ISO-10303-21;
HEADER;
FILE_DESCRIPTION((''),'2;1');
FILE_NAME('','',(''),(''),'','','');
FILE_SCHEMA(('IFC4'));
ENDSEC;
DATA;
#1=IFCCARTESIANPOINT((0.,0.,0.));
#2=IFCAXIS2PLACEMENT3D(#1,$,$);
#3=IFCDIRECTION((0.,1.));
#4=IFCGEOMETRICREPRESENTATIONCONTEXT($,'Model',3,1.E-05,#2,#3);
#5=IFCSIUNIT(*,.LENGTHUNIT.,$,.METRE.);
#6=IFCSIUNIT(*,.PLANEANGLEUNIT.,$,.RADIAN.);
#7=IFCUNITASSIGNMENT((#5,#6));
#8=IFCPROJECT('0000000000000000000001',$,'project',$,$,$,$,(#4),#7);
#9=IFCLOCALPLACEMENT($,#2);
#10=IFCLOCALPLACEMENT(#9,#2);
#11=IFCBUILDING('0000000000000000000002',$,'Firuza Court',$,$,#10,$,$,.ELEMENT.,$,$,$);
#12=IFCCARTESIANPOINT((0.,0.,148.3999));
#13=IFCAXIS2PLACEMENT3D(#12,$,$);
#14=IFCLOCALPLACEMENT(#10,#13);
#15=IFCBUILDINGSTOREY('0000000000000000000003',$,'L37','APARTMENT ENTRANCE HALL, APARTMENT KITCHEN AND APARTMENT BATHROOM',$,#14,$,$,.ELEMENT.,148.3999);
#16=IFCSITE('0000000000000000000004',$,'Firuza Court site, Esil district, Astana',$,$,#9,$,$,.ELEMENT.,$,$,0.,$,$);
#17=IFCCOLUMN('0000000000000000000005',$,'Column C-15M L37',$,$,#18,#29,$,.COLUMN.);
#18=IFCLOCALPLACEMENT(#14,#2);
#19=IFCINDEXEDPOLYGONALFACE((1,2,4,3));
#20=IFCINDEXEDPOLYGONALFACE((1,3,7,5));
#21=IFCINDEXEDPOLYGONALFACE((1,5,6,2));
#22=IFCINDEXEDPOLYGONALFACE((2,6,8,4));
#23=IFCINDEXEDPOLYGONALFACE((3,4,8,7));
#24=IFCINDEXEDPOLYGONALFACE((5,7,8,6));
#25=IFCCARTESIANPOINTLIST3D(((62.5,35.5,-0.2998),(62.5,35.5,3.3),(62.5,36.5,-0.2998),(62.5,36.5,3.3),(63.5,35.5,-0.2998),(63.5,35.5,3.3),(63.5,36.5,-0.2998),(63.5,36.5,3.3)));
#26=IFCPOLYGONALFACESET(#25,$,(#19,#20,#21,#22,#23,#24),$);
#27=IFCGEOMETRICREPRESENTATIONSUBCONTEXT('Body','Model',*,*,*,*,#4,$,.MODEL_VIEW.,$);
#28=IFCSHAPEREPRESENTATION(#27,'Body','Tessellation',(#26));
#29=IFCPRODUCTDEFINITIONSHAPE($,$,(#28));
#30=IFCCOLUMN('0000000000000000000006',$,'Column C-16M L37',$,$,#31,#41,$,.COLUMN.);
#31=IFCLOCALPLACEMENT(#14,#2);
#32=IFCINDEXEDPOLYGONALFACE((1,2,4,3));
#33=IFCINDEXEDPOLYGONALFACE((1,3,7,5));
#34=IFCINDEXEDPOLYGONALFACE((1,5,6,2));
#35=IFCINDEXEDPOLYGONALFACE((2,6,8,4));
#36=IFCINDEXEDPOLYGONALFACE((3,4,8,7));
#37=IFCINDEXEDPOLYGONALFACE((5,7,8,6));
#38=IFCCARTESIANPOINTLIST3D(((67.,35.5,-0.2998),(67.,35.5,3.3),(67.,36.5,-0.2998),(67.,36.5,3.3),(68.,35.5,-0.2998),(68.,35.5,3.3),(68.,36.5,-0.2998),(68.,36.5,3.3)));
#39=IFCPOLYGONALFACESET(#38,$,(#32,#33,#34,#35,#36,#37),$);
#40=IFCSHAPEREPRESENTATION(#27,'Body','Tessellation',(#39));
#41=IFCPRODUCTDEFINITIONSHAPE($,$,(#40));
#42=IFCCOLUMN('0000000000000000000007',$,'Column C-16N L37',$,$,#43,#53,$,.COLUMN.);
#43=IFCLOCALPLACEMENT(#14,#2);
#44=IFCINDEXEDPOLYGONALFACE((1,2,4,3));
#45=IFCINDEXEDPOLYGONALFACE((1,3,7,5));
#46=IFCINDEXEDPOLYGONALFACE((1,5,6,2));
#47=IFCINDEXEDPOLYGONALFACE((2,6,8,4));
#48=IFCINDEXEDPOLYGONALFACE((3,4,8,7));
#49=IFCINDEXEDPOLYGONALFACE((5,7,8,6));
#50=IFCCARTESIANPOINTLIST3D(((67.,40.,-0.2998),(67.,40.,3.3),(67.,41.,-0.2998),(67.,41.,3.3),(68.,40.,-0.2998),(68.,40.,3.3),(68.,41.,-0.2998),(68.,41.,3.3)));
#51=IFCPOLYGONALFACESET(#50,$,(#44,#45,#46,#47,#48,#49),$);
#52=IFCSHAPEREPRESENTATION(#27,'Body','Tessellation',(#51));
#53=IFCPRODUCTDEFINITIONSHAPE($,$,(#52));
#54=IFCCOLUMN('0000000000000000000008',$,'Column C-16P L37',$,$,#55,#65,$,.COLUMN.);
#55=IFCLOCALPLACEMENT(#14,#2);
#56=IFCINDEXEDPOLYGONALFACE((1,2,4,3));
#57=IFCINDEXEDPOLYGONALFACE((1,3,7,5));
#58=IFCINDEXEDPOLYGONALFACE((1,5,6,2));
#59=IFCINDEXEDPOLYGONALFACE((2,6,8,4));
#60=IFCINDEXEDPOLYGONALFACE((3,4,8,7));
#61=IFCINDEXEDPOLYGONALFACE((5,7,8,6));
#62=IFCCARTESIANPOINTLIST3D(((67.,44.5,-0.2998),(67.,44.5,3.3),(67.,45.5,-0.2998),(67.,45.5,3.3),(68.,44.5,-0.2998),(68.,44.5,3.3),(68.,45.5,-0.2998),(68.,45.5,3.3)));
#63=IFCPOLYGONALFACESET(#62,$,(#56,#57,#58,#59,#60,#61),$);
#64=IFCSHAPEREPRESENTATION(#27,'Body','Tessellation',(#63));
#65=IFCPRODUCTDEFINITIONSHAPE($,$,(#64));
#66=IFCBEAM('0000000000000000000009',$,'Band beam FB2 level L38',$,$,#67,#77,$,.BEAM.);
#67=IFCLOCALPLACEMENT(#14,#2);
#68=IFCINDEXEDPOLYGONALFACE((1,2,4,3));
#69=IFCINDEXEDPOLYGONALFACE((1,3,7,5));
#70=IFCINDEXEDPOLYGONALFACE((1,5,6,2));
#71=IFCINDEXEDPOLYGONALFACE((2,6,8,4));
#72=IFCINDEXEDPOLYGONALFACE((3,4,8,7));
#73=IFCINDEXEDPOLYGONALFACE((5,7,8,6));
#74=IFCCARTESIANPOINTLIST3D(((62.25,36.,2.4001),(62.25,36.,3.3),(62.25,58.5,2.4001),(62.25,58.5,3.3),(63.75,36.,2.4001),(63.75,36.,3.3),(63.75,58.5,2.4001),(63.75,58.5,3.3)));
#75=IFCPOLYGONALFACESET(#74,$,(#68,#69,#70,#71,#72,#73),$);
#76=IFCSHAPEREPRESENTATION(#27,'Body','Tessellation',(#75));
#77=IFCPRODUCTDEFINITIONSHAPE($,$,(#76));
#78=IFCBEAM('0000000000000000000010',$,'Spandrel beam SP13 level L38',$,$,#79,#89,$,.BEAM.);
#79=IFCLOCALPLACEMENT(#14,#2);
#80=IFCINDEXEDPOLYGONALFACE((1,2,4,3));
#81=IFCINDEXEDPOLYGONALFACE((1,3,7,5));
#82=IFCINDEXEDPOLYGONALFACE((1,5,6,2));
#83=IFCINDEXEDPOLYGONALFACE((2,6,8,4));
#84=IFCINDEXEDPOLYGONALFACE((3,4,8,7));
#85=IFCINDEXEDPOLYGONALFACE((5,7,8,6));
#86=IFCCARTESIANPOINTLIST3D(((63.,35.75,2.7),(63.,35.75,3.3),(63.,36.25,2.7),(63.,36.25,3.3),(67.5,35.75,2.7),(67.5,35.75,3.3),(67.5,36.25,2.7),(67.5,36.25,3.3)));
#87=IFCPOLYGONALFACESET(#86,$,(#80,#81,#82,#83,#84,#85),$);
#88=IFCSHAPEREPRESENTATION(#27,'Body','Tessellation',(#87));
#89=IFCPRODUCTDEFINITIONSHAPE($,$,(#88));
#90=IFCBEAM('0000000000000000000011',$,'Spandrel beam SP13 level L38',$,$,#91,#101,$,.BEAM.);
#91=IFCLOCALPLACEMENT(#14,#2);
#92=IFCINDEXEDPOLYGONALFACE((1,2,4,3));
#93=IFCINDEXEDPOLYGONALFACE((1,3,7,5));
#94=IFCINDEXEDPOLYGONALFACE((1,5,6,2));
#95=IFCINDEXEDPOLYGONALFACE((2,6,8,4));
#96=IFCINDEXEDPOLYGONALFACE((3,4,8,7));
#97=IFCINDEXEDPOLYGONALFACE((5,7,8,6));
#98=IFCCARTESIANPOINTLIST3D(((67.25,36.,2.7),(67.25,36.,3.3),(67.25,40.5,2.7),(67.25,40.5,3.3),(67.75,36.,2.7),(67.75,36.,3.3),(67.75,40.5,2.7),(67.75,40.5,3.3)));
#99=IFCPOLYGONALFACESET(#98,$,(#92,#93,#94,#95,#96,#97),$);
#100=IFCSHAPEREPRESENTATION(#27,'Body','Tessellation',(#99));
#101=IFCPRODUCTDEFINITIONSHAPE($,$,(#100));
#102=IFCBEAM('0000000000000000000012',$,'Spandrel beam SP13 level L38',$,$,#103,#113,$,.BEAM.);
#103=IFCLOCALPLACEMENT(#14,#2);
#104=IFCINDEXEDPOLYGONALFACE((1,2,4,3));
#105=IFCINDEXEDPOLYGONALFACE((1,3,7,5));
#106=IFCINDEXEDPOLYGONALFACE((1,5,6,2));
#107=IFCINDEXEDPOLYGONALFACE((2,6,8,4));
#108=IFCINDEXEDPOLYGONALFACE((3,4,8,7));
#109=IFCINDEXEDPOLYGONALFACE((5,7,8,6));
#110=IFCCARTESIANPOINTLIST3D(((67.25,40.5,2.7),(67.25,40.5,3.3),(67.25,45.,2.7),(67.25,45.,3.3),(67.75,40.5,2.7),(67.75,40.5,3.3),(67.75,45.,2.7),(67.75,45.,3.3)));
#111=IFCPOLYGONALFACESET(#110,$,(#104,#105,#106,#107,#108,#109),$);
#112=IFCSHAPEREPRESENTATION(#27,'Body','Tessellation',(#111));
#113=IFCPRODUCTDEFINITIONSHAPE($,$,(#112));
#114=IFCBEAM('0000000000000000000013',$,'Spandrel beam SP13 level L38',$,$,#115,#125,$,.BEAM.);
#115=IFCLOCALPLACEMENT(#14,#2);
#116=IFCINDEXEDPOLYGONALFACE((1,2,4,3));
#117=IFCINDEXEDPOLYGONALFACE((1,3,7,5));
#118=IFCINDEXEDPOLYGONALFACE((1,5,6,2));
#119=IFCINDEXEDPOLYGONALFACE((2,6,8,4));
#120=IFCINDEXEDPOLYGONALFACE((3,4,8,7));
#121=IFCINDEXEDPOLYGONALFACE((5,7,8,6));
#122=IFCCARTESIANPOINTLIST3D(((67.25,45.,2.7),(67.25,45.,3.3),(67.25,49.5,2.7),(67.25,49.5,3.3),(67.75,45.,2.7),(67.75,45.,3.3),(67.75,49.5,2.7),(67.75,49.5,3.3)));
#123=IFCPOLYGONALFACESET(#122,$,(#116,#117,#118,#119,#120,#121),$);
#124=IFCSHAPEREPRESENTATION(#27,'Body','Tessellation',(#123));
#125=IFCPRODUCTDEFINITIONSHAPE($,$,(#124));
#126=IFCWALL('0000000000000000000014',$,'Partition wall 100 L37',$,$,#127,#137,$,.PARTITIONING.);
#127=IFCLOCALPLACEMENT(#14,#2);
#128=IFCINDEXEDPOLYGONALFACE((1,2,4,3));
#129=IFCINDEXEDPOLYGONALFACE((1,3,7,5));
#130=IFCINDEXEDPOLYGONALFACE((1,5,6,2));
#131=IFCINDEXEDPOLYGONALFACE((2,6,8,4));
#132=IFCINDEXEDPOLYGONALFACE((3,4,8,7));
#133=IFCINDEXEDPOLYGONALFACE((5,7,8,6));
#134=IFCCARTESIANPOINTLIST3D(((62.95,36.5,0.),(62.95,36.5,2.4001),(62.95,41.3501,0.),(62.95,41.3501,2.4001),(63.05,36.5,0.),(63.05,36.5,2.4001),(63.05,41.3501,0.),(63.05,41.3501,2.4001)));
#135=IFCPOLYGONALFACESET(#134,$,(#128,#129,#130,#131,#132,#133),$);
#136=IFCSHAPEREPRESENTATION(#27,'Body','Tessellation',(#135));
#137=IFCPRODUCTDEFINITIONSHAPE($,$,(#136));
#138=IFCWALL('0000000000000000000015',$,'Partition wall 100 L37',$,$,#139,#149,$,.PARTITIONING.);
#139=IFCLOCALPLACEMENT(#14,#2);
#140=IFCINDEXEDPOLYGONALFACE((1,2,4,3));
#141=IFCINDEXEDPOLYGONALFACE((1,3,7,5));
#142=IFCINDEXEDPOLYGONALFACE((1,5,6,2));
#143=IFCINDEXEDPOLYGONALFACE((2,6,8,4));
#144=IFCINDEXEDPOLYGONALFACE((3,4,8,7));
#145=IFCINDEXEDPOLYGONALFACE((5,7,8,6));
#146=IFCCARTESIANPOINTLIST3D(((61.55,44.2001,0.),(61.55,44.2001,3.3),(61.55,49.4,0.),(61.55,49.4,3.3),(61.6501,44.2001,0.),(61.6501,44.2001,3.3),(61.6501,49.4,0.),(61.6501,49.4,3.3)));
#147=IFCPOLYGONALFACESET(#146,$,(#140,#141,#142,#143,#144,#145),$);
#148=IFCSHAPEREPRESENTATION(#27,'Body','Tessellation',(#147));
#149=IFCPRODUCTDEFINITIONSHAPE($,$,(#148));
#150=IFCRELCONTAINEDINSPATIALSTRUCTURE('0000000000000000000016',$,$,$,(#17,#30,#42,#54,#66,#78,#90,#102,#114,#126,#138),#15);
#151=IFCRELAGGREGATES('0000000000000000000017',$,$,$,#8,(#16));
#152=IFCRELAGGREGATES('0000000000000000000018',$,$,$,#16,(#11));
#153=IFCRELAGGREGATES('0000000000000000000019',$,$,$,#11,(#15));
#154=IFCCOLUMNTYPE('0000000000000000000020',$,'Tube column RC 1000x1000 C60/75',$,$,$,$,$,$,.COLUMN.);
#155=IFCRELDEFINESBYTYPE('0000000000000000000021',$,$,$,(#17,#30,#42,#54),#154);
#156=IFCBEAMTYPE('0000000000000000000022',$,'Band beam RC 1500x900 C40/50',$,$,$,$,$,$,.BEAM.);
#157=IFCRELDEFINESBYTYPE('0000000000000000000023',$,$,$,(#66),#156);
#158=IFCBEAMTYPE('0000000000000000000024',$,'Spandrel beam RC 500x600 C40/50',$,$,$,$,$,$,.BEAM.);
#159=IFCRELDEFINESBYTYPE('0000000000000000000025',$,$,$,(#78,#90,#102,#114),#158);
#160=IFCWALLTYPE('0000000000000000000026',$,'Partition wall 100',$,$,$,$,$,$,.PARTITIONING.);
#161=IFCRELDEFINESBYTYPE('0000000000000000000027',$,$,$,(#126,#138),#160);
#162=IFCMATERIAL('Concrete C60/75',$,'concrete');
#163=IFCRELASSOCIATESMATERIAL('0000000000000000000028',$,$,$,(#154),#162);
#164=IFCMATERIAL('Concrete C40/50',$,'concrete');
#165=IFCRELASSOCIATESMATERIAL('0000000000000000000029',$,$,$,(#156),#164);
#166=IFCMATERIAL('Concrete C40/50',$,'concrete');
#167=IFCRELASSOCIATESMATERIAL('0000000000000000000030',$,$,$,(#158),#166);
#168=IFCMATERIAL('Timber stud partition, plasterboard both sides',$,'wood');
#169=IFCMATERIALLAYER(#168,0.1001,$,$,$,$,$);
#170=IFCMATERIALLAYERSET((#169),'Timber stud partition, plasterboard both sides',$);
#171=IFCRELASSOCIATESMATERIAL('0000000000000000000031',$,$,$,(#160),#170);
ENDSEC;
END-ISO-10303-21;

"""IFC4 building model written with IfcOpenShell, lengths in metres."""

from ifc_helpers import new_model, si_unit, direction, frame, frame_2d, origin, origin_2d, place, context, subcontext, project, spatial, rectangle, extrude, material, layer, layer_set, material_profile, profile_set, type_object, element, save


model = new_model("IFC4")

# Units and contexts
model_context = context("Model", 3, precision=1e-05, world=origin(), true_north=direction((0.0, 1.0)))
body_context = subcontext(model_context, "Body", "Model", "MODEL_VIEW")
ifc_project = project(units=[si_unit("LENGTHUNIT", "METRE"), si_unit("PLANEANGLEUNIT", "RADIAN")], contexts=[model_context])

# Site, building, storey
site_placement = place(None, origin())
site = spatial("IfcSite", under=ifc_project, at=site_placement, Name="Firuza Court site, Esil district, Astana", CompositionType="ELEMENT", RefElevation=0.0)
building_placement = place(site_placement, origin())
building = spatial("IfcBuilding", under=site, at=building_placement, Name="Firuza Court", CompositionType="ELEMENT")
storey_placement = place(building_placement, frame((0.0, 0.0, 148.3999)))
storey = spatial("IfcBuildingStorey", under=building, at=storey_placement, Name="L37", Description="APARTMENT ENTRANCE HALL, APARTMENT KITCHEN AND APARTMENT BATHROOM", CompositionType="ELEMENT", Elevation=148.3999)

# Columns
ifc_material_1 = material(Name="Concrete C60/75", Category="concrete")
ifc_material_profile_1 = material_profile(ifc_material_1, rectangle(XDim=1.0, YDim=1.0, at=origin_2d()), Name="RC 1000x1000")
ifc_profile_set_1 = profile_set([ifc_material_profile_1], Name="Concrete C60/75")
column_type = type_object("IfcColumnType", Name="Tube column RC 1000x1000 C60/75", PredefinedType="COLUMN", material=ifc_profile_set_1)
for number, where, z_axis, x_axis, name in (
    (1, (63.0, 36.0, -0.2998), (0.0, 0.0, 1.0), (1.0, 0.0, 0.0), "Column C-15M L37"),
    (2, (67.5, 36.0, -0.2998), (0.0, 0.0, 1.0), (1.0, 0.0, 0.0), "Column C-16M L37"),
    (3, (67.5, 40.5, -0.2998), (0.0, 0.0, 1.0), (1.0, 0.0, 0.0), "Column C-16N L37"),
    (4, (67.5, 45.0, -0.2998), (0.0, 0.0, 1.0), (1.0, 0.0, 0.0), "Column C-16P L37"),
):
    element("IfcColumn", number, at=place(storey_placement, frame(where, z_axis=z_axis, x_axis=x_axis)), inside=storey, type_object=column_type, Name=name, PredefinedType="COLUMN", context=body_context, shape_type="SweptSolid", body=[
        extrude(rectangle(XDim=1.0, YDim=1.0, at=origin_2d()), origin(), (0.0, 0.0, 1.0), 3.5999),
    ])

# Beams
ifc_material_2 = material(Name="Concrete C40/50", Category="concrete")
ifc_material_profile_2 = material_profile(ifc_material_2, rectangle(XDim=1.5, YDim=0.8999, at=origin_2d()), Name="RC 1500x900")
ifc_profile_set_2 = profile_set([ifc_material_profile_2], Name="Concrete C40/50")
beam_type_1 = type_object("IfcBeamType", Name="Band beam RC 1500x900 C40/50", PredefinedType="BEAM", material=ifc_profile_set_2)
beam_placement = place(storey_placement, frame((63.0, 36.0, 2.8501), z_axis=(0.0, 1.0, 0.0), x_axis=(-1.0, 0.0, 0.0)))
element("IfcBeam", 5, at=beam_placement, inside=storey, type_object=beam_type_1, Name="Band beam FB2 level L38", PredefinedType="BEAM", context=body_context, shape_type="SweptSolid", body=[
    extrude(rectangle(XDim=1.5, YDim=0.8999, at=origin_2d()), origin(), (0.0, 0.0, 1.0), 22.5),
])
ifc_material_3 = material(Name="Concrete C40/50", Category="concrete")
ifc_material_profile_3 = material_profile(ifc_material_3, rectangle(XDim=0.5, YDim=0.6001, at=origin_2d()), Name="RC 500x600")
ifc_profile_set_3 = profile_set([ifc_material_profile_3], Name="Concrete C40/50")
beam_type_2 = type_object("IfcBeamType", Name="Spandrel beam RC 500x600 C40/50", PredefinedType="BEAM", material=ifc_profile_set_3)
for number, where, z_axis, x_axis, name in (
    (6, (63.0, 36.0, 3.0), (1.0, 0.0, 0.0), (0.0, 1.0, 0.0), "Spandrel beam SP13 level L38"),
    (7, (67.5, 36.0, 3.0), (0.0, 1.0, 0.0), (-1.0, 0.0, 0.0), "Spandrel beam SP13 level L38"),
    (8, (67.5, 40.5, 3.0), (0.0, 1.0, 0.0), (-1.0, 0.0, 0.0), "Spandrel beam SP13 level L38"),
    (9, (67.5, 45.0, 3.0), (0.0, 1.0, 0.0), (-1.0, 0.0, 0.0), "Spandrel beam SP13 level L38"),
):
    element("IfcBeam", number, at=place(storey_placement, frame(where, z_axis=z_axis, x_axis=x_axis)), inside=storey, type_object=beam_type_2, Name=name, PredefinedType="BEAM", context=body_context, shape_type="SweptSolid", body=[
        extrude(rectangle(XDim=0.5, YDim=0.6001, at=origin_2d()), origin(), (0.0, 0.0, 1.0), 4.5),
    ])

# Walls
ifc_material_4 = material(Name="Timber stud partition, plasterboard both sides", Category="wood")
ifc_layer_1 = layer(ifc_material_4, 0.1001)
ifc_layer_set_1 = layer_set([ifc_layer_1], Name="Timber stud partition, plasterboard both sides")
wall_type_1 = type_object("IfcWallType", Name="Partition wall 100", PredefinedType="PARTITIONING", material=ifc_layer_set_1)
wall_1_placement = place(storey_placement, frame((63.0, 36.5, 0.0), z_axis=(0.0, 0.0, 1.0), x_axis=(0.0, 1.0, 0.0)))
element("IfcWall", 10, at=wall_1_placement, inside=storey, type_object=wall_type_1, Name="Partition wall 100 L37", PredefinedType="PARTITIONING", context=body_context, shape_type="SweptSolid", body=[
    extrude(rectangle(XDim=4.8501, YDim=0.1001, at=frame_2d((2.425, 0.0))), origin(), (0.0, 0.0, 1.0), 2.4001),
])
wall_2_placement = place(storey_placement, frame((61.6001, 44.2, 0.0), z_axis=(0.0, 0.0, 1.0), x_axis=(0.0, 1.0, 0.0)))
element("IfcWall", 11, at=wall_2_placement, inside=storey, type_object=wall_type_1, Name="Partition wall 100 L37", PredefinedType="PARTITIONING", context=body_context, shape_type="SweptSolid", body=[
    extrude(rectangle(XDim=5.2, YDim=0.1001, at=frame_2d((2.6001, 0.0))), origin(), (0.0, 0.0, 1.0), 3.3),
])

save(model, "model.ifc")
